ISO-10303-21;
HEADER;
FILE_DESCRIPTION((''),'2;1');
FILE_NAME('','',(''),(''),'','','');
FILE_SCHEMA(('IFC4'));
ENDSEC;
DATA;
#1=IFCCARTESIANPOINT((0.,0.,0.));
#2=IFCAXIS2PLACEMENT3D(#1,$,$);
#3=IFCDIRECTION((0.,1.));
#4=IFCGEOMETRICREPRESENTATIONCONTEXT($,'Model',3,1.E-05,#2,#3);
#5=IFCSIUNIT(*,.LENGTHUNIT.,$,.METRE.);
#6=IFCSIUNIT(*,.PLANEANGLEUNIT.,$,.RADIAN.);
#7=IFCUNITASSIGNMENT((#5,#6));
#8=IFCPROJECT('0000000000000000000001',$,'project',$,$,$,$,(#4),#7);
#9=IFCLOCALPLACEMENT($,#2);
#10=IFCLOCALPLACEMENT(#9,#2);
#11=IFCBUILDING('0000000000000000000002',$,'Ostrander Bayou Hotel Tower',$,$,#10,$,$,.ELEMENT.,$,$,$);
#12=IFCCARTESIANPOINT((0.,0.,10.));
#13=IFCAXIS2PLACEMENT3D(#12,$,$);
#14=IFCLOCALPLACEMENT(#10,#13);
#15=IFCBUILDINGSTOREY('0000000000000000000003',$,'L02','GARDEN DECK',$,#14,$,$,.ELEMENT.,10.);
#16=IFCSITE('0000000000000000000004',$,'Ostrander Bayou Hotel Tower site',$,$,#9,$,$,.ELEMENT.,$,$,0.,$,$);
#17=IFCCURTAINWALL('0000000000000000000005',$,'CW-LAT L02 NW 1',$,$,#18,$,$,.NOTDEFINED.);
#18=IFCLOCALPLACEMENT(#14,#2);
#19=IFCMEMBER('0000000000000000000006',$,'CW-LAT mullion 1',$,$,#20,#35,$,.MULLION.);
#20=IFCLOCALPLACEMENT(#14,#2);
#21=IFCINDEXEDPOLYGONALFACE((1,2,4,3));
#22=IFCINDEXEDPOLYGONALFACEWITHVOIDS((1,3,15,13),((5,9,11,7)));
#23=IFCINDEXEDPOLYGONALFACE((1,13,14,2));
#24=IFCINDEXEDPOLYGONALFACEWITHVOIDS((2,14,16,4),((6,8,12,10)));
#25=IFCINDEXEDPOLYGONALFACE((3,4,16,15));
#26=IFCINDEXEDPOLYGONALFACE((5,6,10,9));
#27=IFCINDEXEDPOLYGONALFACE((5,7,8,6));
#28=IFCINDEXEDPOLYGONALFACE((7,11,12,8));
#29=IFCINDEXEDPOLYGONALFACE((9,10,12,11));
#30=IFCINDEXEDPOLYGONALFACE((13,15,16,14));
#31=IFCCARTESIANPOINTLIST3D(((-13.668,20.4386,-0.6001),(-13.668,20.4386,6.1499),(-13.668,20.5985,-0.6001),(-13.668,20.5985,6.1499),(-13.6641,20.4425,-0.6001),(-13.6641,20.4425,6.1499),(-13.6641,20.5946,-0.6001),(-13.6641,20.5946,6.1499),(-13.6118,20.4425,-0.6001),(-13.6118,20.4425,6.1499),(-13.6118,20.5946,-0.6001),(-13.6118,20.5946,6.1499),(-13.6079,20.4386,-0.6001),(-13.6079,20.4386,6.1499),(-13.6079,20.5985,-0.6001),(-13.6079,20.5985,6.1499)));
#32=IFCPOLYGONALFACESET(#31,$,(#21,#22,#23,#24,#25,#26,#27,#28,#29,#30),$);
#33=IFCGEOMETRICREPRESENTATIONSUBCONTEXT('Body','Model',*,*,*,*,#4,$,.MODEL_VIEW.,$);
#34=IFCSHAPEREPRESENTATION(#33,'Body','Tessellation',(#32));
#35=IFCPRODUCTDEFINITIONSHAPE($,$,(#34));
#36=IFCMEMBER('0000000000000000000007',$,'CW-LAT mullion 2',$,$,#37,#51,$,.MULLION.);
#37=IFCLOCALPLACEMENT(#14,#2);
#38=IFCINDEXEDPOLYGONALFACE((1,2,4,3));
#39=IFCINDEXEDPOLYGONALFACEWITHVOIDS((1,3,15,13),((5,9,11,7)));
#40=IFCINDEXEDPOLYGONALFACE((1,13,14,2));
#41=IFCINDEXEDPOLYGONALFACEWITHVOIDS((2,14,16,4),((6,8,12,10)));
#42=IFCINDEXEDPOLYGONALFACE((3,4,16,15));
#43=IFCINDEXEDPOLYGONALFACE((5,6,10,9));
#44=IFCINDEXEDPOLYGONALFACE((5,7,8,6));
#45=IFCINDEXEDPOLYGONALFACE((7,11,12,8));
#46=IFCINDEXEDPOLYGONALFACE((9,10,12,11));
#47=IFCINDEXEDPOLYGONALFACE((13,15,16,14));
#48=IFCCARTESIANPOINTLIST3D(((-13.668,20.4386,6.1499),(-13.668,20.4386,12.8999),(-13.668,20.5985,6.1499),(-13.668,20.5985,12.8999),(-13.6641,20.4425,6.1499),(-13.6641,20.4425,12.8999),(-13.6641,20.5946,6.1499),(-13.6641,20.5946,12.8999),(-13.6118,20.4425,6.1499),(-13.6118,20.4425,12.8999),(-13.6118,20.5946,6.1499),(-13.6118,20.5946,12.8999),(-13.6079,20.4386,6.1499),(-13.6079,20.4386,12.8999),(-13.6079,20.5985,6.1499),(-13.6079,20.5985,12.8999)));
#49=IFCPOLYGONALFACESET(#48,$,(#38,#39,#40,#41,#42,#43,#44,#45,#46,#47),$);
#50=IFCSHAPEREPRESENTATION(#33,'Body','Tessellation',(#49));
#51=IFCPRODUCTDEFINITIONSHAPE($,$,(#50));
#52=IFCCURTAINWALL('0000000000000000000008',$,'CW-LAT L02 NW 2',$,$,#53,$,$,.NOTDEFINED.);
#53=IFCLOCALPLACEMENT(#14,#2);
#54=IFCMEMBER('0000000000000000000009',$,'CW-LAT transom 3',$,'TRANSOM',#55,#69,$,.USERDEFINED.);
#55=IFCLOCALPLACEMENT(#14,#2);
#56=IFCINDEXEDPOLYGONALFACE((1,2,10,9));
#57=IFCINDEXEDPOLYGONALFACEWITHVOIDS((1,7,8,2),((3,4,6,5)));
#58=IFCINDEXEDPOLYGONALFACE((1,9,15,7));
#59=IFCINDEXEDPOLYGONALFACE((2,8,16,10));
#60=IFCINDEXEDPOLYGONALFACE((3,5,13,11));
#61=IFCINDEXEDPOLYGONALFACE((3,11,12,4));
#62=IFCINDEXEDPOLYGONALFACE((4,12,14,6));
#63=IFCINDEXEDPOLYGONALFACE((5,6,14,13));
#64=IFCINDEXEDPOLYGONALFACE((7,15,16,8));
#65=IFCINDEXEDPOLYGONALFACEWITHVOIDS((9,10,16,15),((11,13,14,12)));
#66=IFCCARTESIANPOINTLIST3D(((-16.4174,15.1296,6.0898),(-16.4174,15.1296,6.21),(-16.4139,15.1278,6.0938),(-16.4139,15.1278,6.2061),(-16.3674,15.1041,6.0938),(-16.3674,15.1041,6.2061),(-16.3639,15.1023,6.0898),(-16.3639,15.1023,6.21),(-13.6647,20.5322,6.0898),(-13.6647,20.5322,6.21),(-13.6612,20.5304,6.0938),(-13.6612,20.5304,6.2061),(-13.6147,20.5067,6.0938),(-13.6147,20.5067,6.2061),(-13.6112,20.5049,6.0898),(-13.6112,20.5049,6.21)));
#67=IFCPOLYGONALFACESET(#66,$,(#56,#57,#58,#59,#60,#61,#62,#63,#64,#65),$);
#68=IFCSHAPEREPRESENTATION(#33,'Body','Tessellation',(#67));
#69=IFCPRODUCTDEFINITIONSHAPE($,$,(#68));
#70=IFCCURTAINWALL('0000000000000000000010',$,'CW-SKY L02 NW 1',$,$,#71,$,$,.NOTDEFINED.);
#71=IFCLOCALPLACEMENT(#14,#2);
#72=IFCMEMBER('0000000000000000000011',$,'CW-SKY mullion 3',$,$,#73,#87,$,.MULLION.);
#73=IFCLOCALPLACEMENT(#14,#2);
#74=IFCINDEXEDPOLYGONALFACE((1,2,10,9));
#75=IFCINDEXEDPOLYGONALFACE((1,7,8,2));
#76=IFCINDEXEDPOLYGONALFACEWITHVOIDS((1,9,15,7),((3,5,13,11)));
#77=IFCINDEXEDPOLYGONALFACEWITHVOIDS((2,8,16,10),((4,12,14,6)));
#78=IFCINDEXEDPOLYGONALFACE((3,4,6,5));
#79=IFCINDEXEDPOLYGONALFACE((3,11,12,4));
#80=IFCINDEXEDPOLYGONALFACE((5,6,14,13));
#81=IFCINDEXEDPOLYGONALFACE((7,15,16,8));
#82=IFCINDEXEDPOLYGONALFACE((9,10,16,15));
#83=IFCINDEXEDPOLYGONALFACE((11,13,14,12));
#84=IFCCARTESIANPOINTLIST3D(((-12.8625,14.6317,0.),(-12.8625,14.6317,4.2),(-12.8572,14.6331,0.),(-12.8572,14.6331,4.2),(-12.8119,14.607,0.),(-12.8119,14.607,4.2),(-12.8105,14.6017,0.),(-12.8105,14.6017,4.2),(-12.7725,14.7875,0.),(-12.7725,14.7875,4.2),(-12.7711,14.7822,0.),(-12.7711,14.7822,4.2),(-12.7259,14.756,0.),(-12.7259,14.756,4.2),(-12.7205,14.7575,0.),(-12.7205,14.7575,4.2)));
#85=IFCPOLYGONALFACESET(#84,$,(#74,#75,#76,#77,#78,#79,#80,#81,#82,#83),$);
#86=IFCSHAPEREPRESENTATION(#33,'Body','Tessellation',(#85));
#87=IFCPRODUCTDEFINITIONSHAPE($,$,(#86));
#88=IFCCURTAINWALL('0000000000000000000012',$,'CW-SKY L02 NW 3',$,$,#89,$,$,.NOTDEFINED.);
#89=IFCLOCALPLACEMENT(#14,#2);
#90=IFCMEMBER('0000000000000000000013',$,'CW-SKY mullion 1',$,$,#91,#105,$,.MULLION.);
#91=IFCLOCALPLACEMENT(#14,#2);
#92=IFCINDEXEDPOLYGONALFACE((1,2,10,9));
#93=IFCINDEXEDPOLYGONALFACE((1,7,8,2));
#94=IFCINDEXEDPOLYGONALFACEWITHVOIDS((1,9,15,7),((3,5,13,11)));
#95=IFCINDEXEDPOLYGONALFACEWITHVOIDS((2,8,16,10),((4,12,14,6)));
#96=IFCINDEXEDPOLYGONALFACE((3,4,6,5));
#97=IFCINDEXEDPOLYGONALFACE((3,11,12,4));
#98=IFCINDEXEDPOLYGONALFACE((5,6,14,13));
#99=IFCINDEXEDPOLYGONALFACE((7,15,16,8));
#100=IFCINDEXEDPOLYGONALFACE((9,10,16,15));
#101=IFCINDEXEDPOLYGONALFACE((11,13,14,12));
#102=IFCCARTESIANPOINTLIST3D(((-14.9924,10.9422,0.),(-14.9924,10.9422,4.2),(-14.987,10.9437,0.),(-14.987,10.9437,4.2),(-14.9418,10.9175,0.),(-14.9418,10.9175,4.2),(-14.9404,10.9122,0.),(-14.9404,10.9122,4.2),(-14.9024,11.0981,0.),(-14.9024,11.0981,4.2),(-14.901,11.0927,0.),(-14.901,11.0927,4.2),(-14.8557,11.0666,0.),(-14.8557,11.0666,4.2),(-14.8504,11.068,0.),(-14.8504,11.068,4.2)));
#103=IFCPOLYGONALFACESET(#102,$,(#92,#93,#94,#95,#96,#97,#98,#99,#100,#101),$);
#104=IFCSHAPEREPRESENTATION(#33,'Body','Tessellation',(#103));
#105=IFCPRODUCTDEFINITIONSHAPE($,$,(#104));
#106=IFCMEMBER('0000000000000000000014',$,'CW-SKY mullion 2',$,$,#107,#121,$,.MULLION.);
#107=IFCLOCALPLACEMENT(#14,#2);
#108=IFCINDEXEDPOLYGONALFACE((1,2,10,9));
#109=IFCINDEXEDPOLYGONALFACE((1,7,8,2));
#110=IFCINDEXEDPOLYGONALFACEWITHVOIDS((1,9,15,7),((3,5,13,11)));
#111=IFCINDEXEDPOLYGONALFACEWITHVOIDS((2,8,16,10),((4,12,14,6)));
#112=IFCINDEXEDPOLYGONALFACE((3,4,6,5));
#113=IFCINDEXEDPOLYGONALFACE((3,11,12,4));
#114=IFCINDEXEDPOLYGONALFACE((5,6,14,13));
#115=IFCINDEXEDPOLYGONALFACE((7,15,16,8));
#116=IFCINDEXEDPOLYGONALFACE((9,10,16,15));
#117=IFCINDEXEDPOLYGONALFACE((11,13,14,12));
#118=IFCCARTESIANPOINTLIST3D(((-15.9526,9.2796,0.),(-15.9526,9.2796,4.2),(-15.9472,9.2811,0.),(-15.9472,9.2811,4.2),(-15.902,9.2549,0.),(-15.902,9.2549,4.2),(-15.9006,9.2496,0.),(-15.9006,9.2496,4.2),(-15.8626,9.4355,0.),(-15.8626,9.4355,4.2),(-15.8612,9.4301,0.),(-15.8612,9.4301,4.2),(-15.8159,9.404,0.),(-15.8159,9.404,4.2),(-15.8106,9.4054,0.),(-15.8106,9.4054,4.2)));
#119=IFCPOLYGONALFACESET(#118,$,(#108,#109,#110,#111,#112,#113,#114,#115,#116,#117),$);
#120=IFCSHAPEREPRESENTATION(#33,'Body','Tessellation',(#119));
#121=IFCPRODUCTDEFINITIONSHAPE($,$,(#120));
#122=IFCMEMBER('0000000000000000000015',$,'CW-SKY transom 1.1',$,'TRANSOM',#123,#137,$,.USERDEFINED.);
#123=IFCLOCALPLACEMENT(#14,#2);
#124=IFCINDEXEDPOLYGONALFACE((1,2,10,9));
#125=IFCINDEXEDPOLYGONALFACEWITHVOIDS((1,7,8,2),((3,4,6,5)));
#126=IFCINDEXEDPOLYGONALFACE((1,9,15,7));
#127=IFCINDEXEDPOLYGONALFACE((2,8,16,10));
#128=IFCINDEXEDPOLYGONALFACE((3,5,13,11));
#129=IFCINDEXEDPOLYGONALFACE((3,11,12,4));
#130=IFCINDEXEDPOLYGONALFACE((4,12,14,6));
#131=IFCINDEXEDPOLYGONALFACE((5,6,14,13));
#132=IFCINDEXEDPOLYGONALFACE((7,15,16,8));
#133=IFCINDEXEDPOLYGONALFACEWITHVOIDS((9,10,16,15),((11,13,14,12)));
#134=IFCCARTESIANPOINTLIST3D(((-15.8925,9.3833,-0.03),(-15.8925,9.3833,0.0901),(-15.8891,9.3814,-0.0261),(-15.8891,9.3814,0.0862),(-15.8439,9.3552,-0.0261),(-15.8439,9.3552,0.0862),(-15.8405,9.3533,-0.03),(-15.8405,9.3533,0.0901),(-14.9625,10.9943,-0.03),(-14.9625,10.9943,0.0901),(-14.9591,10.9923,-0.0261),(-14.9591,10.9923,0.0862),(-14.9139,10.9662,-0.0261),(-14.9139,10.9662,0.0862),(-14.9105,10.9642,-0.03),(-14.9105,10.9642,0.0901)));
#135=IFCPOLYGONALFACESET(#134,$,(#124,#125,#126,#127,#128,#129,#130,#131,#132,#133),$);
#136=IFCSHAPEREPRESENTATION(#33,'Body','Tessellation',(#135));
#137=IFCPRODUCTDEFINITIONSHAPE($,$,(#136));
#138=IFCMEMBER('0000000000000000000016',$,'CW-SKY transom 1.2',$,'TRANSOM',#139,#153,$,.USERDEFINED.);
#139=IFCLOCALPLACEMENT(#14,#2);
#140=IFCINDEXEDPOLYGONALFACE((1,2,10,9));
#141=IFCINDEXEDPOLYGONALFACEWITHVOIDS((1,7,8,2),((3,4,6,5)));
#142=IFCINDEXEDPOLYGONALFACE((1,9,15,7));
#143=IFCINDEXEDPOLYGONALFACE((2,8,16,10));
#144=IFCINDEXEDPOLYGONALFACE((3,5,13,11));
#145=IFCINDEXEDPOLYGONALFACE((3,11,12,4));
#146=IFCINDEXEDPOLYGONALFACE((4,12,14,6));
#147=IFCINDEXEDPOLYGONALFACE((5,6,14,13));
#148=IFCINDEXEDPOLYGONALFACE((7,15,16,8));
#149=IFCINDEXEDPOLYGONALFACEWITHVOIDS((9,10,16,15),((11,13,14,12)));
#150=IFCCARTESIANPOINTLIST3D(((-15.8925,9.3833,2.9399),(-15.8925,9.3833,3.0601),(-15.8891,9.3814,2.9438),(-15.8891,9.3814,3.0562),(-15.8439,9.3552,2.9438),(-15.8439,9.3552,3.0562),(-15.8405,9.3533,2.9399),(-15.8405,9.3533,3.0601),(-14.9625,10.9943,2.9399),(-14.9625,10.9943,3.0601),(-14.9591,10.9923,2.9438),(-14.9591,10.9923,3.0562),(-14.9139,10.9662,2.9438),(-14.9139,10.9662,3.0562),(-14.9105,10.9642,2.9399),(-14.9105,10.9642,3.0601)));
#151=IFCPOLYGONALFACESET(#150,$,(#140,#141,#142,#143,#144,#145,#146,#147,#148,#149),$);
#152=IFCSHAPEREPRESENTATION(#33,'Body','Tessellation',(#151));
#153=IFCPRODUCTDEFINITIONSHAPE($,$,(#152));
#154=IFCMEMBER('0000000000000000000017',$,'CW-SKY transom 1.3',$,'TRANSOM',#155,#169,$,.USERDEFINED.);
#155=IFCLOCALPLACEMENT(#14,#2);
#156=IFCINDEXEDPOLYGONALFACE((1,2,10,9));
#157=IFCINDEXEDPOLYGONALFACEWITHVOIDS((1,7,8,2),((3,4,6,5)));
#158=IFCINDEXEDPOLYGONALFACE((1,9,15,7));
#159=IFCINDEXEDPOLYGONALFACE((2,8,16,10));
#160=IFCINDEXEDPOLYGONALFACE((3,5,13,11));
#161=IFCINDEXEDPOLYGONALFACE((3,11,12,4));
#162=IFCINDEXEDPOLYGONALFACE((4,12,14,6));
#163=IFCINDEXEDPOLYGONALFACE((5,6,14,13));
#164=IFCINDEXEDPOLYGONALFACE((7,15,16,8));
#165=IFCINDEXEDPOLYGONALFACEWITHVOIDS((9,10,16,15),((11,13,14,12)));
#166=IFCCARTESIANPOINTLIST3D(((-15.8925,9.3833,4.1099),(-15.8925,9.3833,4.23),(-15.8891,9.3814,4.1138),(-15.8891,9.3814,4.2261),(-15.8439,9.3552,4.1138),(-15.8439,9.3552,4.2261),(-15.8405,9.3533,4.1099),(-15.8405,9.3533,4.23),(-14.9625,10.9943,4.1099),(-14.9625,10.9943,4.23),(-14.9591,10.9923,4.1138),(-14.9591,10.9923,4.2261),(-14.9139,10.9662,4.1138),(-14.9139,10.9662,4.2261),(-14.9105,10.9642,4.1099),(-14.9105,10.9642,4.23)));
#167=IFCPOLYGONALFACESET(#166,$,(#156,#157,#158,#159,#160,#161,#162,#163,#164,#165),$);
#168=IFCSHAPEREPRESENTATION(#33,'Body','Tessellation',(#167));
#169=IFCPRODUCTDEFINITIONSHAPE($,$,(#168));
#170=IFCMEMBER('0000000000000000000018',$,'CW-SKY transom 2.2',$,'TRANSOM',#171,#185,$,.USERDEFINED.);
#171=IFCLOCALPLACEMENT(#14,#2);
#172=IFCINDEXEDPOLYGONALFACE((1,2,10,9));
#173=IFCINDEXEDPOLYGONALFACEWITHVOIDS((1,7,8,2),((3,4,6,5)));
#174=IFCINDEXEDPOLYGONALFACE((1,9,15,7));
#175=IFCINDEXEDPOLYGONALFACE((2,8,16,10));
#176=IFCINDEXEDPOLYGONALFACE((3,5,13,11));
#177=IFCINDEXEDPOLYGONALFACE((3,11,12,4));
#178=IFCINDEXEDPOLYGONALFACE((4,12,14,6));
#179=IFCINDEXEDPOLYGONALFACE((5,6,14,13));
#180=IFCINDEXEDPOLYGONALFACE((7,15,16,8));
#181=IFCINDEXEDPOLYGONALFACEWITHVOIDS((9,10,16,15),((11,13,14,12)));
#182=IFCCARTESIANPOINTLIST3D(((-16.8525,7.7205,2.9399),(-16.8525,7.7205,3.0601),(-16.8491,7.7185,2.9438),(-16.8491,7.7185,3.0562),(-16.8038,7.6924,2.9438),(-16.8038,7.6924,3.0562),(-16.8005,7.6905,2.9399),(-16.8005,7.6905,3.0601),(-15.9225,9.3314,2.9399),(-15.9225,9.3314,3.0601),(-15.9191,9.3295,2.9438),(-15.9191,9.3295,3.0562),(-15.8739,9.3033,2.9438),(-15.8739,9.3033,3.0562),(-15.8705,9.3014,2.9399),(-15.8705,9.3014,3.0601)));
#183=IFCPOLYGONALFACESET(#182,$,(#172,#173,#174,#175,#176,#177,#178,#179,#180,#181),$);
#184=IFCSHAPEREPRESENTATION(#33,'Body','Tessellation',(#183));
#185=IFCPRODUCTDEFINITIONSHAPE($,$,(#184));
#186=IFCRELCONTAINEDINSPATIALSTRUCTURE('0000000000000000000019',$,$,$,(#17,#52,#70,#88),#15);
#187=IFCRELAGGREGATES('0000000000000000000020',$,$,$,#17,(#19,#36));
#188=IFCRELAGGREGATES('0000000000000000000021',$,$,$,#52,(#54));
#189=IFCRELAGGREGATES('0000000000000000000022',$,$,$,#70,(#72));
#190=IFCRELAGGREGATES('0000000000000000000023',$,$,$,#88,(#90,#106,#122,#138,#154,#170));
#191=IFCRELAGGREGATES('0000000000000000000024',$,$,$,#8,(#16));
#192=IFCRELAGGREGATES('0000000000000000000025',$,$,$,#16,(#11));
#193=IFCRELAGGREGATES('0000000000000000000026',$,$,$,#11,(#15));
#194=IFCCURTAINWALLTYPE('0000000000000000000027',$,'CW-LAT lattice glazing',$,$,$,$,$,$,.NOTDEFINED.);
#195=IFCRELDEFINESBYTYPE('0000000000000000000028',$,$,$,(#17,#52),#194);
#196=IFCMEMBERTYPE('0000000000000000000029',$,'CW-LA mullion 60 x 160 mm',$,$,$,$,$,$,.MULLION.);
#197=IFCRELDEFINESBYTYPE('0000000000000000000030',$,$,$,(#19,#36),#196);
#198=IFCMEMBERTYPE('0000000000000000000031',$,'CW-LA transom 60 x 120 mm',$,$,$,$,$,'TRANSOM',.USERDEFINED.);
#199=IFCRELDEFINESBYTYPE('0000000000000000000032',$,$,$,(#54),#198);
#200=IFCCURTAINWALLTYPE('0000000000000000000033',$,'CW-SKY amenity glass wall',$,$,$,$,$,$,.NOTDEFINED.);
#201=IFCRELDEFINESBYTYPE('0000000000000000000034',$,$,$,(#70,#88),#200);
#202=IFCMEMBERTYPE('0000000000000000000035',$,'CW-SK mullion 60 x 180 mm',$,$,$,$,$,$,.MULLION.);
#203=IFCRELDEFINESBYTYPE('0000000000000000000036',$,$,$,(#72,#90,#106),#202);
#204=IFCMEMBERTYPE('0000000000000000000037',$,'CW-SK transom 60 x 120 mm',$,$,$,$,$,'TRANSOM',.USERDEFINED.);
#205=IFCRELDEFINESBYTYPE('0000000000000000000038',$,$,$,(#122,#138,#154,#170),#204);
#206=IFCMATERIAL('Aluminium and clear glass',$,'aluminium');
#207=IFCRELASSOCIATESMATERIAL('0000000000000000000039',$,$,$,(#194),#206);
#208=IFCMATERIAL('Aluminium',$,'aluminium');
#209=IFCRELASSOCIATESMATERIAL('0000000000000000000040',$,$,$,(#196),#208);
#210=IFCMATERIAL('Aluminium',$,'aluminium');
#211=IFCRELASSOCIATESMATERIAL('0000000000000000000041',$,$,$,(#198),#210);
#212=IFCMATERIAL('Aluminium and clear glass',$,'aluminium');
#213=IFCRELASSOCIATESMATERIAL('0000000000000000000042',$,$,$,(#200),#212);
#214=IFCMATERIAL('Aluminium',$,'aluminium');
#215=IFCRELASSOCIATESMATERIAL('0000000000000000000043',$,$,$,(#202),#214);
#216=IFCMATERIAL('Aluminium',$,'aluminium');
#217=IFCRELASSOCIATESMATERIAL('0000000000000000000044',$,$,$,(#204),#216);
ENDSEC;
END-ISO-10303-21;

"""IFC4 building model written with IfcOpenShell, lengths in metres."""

from ifc_helpers import new_model, si_unit, direction, frame, origin, origin_2d, place, context, subcontext, project, spatial, hollow_rectangle, extrude, material, material_profile, profile_set, type_object, element, aggregate, save


model = new_model("IFC4")

# Units and contexts
model_context = context("Model", 3, precision=1e-05, world=origin(), true_north=direction((0.0, 1.0)))
body_context = subcontext(model_context, "Body", "Model", "MODEL_VIEW")
ifc_project = project(units=[si_unit("LENGTHUNIT", "METRE"), si_unit("PLANEANGLEUNIT", "RADIAN")], contexts=[model_context])

# Site, building, storey
site_placement = place(None, origin())
site = spatial("IfcSite", under=ifc_project, at=site_placement, Name="Ostrander Bayou Hotel Tower site", CompositionType="ELEMENT", RefElevation=0.0)
building_placement = place(site_placement, origin())
building = spatial("IfcBuilding", under=site, at=building_placement, Name="Ostrander Bayou Hotel Tower", CompositionType="ELEMENT")
storey_placement = place(building_placement, frame((0.0, 0.0, 10.0)))
storey = spatial("IfcBuildingStorey", under=building, at=storey_placement, Name="L02", Description="GARDEN DECK", CompositionType="ELEMENT", Elevation=10.0)

# Curtain wall, members
ifc_material_1 = material(Name="Aluminium and clear glass", Category="aluminium")
curtain_wall_type_1 = type_object("IfcCurtainWallType", Name="CW-LAT lattice glazing", PredefinedType="NOTDEFINED", material=ifc_material_1)
curtain_wall_1_placement = place(storey_placement, origin())
curtain_wall_1 = element("IfcCurtainWall", 1, at=curtain_wall_1_placement, inside=storey, type_object=curtain_wall_type_1, Name="CW-LAT L02 NW 1", PredefinedType="NOTDEFINED")
ifc_material_2 = material(Name="Aluminium", Category="aluminium")
ifc_material_profile_1 = material_profile(ifc_material_2, hollow_rectangle(XDim=0.0601, YDim=0.1599, WallThickness=0.0039, at=origin_2d()))
ifc_profile_set_1 = profile_set([ifc_material_profile_1], Name="Aluminium")
member_type_1 = type_object("IfcMemberType", Name="CW-LA mullion 60 x 160 mm", PredefinedType="MULLION", material=ifc_profile_set_1)
member_1_placement = place(storey_placement, frame((-13.6379, 20.5186, -0.6001), z_axis=(0.0, 0.0, 1.0), x_axis=(1.0, 0.0, 0.0)))
member_1 = element("IfcMember", 2, at=member_1_placement, type_object=member_type_1, Name="CW-LAT mullion 1", PredefinedType="MULLION", context=body_context, shape_type="SweptSolid", body=[
    extrude(hollow_rectangle(XDim=0.0601, YDim=0.1599, WallThickness=0.0039, at=origin_2d()), origin(), (0.0, 0.0, 1.0), 6.75),
])
member_2_placement = place(storey_placement, frame((-13.6379, 20.5186, 6.1499), z_axis=(0.0, 0.0, 1.0), x_axis=(1.0, 0.0, 0.0)))
member_2 = element("IfcMember", 3, at=member_2_placement, type_object=member_type_1, Name="CW-LAT mullion 2", PredefinedType="MULLION", context=body_context, shape_type="SweptSolid", body=[
    extrude(hollow_rectangle(XDim=0.0601, YDim=0.1599, WallThickness=0.0039, at=origin_2d()), origin(), (0.0, 0.0, 1.0), 6.75),
])
aggregate(curtain_wall_1, [member_1, member_2])

# Curtain walls, members
curtain_wall_2_placement = place(storey_placement, origin())
curtain_wall_2 = element("IfcCurtainWall", 4, at=curtain_wall_2_placement, inside=storey, type_object=curtain_wall_type_1, Name="CW-LAT L02 NW 2", PredefinedType="NOTDEFINED")
ifc_material_3 = material(Name="Aluminium", Category="aluminium")
ifc_material_profile_2 = material_profile(ifc_material_3, hollow_rectangle(XDim=0.0601, YDim=0.1201, WallThickness=0.0039, at=origin_2d()))
ifc_profile_set_2 = profile_set([ifc_material_profile_2], Name="Aluminium")
member_type_2 = type_object("IfcMemberType", Name="CW-LA transom 60 x 120 mm", ElementType="TRANSOM", PredefinedType="USERDEFINED", material=ifc_profile_set_2)
member_3_placement = place(storey_placement, frame((-13.6379, 20.5186, 6.1499), z_axis=(-0.453981, -0.891011, 0.0), x_axis=(0.891011, -0.453981, 0.0)))
member_3 = element("IfcMember", 5, at=member_3_placement, type_object=member_type_2, Name="CW-LAT transom 3", ObjectType="TRANSOM", PredefinedType="USERDEFINED", context=body_context, shape_type="SweptSolid", body=[
    extrude(hollow_rectangle(XDim=0.0601, YDim=0.1201, WallThickness=0.0039, at=origin_2d()), origin(), (0.0, 0.0, 1.0), 6.0635),
])
aggregate(curtain_wall_2, [member_3])
ifc_material_4 = material(Name="Aluminium and clear glass", Category="aluminium")
curtain_wall_type_2 = type_object("IfcCurtainWallType", Name="CW-SKY amenity glass wall", PredefinedType="NOTDEFINED", material=ifc_material_4)
curtain_wall_3_placement = place(storey_placement, origin())
curtain_wall_3 = element("IfcCurtainWall", 6, at=curtain_wall_3_placement, inside=storey, type_object=curtain_wall_type_2, Name="CW-SKY L02 NW 1", PredefinedType="NOTDEFINED")
ifc_material_5 = material(Name="Aluminium", Category="aluminium")
ifc_material_profile_3 = material_profile(ifc_material_5, hollow_rectangle(XDim=0.0601, YDim=0.1799, WallThickness=0.0039, at=origin_2d()))
ifc_profile_set_3 = profile_set([ifc_material_profile_3], Name="Aluminium")
member_type_3 = type_object("IfcMemberType", Name="CW-SK mullion 60 x 180 mm", PredefinedType="MULLION", material=ifc_profile_set_3)
member_4_placement = place(storey_placement, frame((-12.7915, 14.6946, 0.0), z_axis=(0.0, 0.0, 1.0), x_axis=(0.866025, -0.5, 0.0)))
member_4 = element("IfcMember", 7, at=member_4_placement, type_object=member_type_3, Name="CW-SKY mullion 3", PredefinedType="MULLION", context=body_context, shape_type="SweptSolid", body=[
    extrude(hollow_rectangle(XDim=0.0601, YDim=0.1799, WallThickness=0.0039, at=origin_2d()), origin(), (0.0, 0.0, 1.0), 4.2),
])
aggregate(curtain_wall_3, [member_4])

# Curtain wall, members
curtain_wall_4_placement = place(storey_placement, origin())
curtain_wall_4 = element("IfcCurtainWall", 8, at=curtain_wall_4_placement, inside=storey, type_object=curtain_wall_type_2, Name="CW-SKY L02 NW 3", PredefinedType="NOTDEFINED")
member_5_placement = place(storey_placement, frame((-14.9214, 11.0051, 0.0), z_axis=(0.0, 0.0, 1.0), x_axis=(0.866025, -0.5, 0.0)))
member_5 = element("IfcMember", 9, at=member_5_placement, type_object=member_type_3, Name="CW-SKY mullion 1", PredefinedType="MULLION", context=body_context, shape_type="SweptSolid", body=[
    extrude(hollow_rectangle(XDim=0.0601, YDim=0.1799, WallThickness=0.0039, at=origin_2d()), origin(), (0.0, 0.0, 1.0), 4.2),
])
member_6_placement = place(storey_placement, frame((-15.8816, 9.3425, 0.0), z_axis=(0.0, 0.0, 1.0), x_axis=(0.866025, -0.5, 0.0)))
member_6 = element("IfcMember", 10, at=member_6_placement, type_object=member_type_3, Name="CW-SKY mullion 2", PredefinedType="MULLION", context=body_context, shape_type="SweptSolid", body=[
    extrude(hollow_rectangle(XDim=0.0601, YDim=0.1799, WallThickness=0.0039, at=origin_2d()), origin(), (0.0, 0.0, 1.0), 4.2),
])
ifc_material_6 = material(Name="Aluminium", Category="aluminium")
ifc_material_profile_4 = material_profile(ifc_material_6, hollow_rectangle(XDim=0.0601, YDim=0.1201, WallThickness=0.0039, at=origin_2d()))
ifc_profile_set_4 = profile_set([ifc_material_profile_4], Name="Aluminium")
member_type_4 = type_object("IfcMemberType", Name="CW-SK transom 60 x 120 mm", ElementType="TRANSOM", PredefinedType="USERDEFINED", material=ifc_profile_set_4)
member_7_placement = place(storey_placement, frame((-14.9365, 10.9792, 0.03), z_axis=(-0.499965, -0.866046, 0.0), x_axis=(0.866046, -0.499965, 0.0)))
member_7 = element("IfcMember", 11, at=member_7_placement, type_object=member_type_4, Name="CW-SKY transom 1.1", ObjectType="TRANSOM", PredefinedType="USERDEFINED", context=body_context, shape_type="SweptSolid", body=[
    extrude(hollow_rectangle(XDim=0.0601, YDim=0.1201, WallThickness=0.0039, at=origin_2d()), origin(), (0.0, 0.0, 1.0), 1.8601),
])
member_8_placement = place(storey_placement, frame((-14.9365, 10.9792, 3.0), z_axis=(-0.499965, -0.866046, 0.0), x_axis=(0.866046, -0.499965, 0.0)))
member_8 = element("IfcMember", 12, at=member_8_placement, type_object=member_type_4, Name="CW-SKY transom 1.2", ObjectType="TRANSOM", PredefinedType="USERDEFINED", context=body_context, shape_type="SweptSolid", body=[
    extrude(hollow_rectangle(XDim=0.0601, YDim=0.1201, WallThickness=0.0039, at=origin_2d()), origin(), (0.0, 0.0, 1.0), 1.8601),
])
member_9_placement = place(storey_placement, frame((-14.9365, 10.9792, 4.1699), z_axis=(-0.499965, -0.866046, 0.0), x_axis=(0.866046, -0.499965, 0.0)))
member_9 = element("IfcMember", 13, at=member_9_placement, type_object=member_type_4, Name="CW-SKY transom 1.3", ObjectType="TRANSOM", PredefinedType="USERDEFINED", context=body_context, shape_type="SweptSolid", body=[
    extrude(hollow_rectangle(XDim=0.0601, YDim=0.1201, WallThickness=0.0039, at=origin_2d()), origin(), (0.0, 0.0, 1.0), 1.8601),
])
member_10_placement = place(storey_placement, frame((-15.8965, 9.3164, 3.0), z_axis=(-0.499965, -0.866046, 0.0), x_axis=(0.866046, -0.499965, 0.0)))
member_10 = element("IfcMember", 14, at=member_10_placement, type_object=member_type_4, Name="CW-SKY transom 2.2", ObjectType="TRANSOM", PredefinedType="USERDEFINED", context=body_context, shape_type="SweptSolid", body=[
    extrude(hollow_rectangle(XDim=0.0601, YDim=0.1201, WallThickness=0.0039, at=origin_2d()), origin(), (0.0, 0.0, 1.0), 1.8601),
])

aggregate(curtain_wall_4, [member_5, member_6, member_7, member_8, member_9, member_10])

save(model, "model.ifc")
